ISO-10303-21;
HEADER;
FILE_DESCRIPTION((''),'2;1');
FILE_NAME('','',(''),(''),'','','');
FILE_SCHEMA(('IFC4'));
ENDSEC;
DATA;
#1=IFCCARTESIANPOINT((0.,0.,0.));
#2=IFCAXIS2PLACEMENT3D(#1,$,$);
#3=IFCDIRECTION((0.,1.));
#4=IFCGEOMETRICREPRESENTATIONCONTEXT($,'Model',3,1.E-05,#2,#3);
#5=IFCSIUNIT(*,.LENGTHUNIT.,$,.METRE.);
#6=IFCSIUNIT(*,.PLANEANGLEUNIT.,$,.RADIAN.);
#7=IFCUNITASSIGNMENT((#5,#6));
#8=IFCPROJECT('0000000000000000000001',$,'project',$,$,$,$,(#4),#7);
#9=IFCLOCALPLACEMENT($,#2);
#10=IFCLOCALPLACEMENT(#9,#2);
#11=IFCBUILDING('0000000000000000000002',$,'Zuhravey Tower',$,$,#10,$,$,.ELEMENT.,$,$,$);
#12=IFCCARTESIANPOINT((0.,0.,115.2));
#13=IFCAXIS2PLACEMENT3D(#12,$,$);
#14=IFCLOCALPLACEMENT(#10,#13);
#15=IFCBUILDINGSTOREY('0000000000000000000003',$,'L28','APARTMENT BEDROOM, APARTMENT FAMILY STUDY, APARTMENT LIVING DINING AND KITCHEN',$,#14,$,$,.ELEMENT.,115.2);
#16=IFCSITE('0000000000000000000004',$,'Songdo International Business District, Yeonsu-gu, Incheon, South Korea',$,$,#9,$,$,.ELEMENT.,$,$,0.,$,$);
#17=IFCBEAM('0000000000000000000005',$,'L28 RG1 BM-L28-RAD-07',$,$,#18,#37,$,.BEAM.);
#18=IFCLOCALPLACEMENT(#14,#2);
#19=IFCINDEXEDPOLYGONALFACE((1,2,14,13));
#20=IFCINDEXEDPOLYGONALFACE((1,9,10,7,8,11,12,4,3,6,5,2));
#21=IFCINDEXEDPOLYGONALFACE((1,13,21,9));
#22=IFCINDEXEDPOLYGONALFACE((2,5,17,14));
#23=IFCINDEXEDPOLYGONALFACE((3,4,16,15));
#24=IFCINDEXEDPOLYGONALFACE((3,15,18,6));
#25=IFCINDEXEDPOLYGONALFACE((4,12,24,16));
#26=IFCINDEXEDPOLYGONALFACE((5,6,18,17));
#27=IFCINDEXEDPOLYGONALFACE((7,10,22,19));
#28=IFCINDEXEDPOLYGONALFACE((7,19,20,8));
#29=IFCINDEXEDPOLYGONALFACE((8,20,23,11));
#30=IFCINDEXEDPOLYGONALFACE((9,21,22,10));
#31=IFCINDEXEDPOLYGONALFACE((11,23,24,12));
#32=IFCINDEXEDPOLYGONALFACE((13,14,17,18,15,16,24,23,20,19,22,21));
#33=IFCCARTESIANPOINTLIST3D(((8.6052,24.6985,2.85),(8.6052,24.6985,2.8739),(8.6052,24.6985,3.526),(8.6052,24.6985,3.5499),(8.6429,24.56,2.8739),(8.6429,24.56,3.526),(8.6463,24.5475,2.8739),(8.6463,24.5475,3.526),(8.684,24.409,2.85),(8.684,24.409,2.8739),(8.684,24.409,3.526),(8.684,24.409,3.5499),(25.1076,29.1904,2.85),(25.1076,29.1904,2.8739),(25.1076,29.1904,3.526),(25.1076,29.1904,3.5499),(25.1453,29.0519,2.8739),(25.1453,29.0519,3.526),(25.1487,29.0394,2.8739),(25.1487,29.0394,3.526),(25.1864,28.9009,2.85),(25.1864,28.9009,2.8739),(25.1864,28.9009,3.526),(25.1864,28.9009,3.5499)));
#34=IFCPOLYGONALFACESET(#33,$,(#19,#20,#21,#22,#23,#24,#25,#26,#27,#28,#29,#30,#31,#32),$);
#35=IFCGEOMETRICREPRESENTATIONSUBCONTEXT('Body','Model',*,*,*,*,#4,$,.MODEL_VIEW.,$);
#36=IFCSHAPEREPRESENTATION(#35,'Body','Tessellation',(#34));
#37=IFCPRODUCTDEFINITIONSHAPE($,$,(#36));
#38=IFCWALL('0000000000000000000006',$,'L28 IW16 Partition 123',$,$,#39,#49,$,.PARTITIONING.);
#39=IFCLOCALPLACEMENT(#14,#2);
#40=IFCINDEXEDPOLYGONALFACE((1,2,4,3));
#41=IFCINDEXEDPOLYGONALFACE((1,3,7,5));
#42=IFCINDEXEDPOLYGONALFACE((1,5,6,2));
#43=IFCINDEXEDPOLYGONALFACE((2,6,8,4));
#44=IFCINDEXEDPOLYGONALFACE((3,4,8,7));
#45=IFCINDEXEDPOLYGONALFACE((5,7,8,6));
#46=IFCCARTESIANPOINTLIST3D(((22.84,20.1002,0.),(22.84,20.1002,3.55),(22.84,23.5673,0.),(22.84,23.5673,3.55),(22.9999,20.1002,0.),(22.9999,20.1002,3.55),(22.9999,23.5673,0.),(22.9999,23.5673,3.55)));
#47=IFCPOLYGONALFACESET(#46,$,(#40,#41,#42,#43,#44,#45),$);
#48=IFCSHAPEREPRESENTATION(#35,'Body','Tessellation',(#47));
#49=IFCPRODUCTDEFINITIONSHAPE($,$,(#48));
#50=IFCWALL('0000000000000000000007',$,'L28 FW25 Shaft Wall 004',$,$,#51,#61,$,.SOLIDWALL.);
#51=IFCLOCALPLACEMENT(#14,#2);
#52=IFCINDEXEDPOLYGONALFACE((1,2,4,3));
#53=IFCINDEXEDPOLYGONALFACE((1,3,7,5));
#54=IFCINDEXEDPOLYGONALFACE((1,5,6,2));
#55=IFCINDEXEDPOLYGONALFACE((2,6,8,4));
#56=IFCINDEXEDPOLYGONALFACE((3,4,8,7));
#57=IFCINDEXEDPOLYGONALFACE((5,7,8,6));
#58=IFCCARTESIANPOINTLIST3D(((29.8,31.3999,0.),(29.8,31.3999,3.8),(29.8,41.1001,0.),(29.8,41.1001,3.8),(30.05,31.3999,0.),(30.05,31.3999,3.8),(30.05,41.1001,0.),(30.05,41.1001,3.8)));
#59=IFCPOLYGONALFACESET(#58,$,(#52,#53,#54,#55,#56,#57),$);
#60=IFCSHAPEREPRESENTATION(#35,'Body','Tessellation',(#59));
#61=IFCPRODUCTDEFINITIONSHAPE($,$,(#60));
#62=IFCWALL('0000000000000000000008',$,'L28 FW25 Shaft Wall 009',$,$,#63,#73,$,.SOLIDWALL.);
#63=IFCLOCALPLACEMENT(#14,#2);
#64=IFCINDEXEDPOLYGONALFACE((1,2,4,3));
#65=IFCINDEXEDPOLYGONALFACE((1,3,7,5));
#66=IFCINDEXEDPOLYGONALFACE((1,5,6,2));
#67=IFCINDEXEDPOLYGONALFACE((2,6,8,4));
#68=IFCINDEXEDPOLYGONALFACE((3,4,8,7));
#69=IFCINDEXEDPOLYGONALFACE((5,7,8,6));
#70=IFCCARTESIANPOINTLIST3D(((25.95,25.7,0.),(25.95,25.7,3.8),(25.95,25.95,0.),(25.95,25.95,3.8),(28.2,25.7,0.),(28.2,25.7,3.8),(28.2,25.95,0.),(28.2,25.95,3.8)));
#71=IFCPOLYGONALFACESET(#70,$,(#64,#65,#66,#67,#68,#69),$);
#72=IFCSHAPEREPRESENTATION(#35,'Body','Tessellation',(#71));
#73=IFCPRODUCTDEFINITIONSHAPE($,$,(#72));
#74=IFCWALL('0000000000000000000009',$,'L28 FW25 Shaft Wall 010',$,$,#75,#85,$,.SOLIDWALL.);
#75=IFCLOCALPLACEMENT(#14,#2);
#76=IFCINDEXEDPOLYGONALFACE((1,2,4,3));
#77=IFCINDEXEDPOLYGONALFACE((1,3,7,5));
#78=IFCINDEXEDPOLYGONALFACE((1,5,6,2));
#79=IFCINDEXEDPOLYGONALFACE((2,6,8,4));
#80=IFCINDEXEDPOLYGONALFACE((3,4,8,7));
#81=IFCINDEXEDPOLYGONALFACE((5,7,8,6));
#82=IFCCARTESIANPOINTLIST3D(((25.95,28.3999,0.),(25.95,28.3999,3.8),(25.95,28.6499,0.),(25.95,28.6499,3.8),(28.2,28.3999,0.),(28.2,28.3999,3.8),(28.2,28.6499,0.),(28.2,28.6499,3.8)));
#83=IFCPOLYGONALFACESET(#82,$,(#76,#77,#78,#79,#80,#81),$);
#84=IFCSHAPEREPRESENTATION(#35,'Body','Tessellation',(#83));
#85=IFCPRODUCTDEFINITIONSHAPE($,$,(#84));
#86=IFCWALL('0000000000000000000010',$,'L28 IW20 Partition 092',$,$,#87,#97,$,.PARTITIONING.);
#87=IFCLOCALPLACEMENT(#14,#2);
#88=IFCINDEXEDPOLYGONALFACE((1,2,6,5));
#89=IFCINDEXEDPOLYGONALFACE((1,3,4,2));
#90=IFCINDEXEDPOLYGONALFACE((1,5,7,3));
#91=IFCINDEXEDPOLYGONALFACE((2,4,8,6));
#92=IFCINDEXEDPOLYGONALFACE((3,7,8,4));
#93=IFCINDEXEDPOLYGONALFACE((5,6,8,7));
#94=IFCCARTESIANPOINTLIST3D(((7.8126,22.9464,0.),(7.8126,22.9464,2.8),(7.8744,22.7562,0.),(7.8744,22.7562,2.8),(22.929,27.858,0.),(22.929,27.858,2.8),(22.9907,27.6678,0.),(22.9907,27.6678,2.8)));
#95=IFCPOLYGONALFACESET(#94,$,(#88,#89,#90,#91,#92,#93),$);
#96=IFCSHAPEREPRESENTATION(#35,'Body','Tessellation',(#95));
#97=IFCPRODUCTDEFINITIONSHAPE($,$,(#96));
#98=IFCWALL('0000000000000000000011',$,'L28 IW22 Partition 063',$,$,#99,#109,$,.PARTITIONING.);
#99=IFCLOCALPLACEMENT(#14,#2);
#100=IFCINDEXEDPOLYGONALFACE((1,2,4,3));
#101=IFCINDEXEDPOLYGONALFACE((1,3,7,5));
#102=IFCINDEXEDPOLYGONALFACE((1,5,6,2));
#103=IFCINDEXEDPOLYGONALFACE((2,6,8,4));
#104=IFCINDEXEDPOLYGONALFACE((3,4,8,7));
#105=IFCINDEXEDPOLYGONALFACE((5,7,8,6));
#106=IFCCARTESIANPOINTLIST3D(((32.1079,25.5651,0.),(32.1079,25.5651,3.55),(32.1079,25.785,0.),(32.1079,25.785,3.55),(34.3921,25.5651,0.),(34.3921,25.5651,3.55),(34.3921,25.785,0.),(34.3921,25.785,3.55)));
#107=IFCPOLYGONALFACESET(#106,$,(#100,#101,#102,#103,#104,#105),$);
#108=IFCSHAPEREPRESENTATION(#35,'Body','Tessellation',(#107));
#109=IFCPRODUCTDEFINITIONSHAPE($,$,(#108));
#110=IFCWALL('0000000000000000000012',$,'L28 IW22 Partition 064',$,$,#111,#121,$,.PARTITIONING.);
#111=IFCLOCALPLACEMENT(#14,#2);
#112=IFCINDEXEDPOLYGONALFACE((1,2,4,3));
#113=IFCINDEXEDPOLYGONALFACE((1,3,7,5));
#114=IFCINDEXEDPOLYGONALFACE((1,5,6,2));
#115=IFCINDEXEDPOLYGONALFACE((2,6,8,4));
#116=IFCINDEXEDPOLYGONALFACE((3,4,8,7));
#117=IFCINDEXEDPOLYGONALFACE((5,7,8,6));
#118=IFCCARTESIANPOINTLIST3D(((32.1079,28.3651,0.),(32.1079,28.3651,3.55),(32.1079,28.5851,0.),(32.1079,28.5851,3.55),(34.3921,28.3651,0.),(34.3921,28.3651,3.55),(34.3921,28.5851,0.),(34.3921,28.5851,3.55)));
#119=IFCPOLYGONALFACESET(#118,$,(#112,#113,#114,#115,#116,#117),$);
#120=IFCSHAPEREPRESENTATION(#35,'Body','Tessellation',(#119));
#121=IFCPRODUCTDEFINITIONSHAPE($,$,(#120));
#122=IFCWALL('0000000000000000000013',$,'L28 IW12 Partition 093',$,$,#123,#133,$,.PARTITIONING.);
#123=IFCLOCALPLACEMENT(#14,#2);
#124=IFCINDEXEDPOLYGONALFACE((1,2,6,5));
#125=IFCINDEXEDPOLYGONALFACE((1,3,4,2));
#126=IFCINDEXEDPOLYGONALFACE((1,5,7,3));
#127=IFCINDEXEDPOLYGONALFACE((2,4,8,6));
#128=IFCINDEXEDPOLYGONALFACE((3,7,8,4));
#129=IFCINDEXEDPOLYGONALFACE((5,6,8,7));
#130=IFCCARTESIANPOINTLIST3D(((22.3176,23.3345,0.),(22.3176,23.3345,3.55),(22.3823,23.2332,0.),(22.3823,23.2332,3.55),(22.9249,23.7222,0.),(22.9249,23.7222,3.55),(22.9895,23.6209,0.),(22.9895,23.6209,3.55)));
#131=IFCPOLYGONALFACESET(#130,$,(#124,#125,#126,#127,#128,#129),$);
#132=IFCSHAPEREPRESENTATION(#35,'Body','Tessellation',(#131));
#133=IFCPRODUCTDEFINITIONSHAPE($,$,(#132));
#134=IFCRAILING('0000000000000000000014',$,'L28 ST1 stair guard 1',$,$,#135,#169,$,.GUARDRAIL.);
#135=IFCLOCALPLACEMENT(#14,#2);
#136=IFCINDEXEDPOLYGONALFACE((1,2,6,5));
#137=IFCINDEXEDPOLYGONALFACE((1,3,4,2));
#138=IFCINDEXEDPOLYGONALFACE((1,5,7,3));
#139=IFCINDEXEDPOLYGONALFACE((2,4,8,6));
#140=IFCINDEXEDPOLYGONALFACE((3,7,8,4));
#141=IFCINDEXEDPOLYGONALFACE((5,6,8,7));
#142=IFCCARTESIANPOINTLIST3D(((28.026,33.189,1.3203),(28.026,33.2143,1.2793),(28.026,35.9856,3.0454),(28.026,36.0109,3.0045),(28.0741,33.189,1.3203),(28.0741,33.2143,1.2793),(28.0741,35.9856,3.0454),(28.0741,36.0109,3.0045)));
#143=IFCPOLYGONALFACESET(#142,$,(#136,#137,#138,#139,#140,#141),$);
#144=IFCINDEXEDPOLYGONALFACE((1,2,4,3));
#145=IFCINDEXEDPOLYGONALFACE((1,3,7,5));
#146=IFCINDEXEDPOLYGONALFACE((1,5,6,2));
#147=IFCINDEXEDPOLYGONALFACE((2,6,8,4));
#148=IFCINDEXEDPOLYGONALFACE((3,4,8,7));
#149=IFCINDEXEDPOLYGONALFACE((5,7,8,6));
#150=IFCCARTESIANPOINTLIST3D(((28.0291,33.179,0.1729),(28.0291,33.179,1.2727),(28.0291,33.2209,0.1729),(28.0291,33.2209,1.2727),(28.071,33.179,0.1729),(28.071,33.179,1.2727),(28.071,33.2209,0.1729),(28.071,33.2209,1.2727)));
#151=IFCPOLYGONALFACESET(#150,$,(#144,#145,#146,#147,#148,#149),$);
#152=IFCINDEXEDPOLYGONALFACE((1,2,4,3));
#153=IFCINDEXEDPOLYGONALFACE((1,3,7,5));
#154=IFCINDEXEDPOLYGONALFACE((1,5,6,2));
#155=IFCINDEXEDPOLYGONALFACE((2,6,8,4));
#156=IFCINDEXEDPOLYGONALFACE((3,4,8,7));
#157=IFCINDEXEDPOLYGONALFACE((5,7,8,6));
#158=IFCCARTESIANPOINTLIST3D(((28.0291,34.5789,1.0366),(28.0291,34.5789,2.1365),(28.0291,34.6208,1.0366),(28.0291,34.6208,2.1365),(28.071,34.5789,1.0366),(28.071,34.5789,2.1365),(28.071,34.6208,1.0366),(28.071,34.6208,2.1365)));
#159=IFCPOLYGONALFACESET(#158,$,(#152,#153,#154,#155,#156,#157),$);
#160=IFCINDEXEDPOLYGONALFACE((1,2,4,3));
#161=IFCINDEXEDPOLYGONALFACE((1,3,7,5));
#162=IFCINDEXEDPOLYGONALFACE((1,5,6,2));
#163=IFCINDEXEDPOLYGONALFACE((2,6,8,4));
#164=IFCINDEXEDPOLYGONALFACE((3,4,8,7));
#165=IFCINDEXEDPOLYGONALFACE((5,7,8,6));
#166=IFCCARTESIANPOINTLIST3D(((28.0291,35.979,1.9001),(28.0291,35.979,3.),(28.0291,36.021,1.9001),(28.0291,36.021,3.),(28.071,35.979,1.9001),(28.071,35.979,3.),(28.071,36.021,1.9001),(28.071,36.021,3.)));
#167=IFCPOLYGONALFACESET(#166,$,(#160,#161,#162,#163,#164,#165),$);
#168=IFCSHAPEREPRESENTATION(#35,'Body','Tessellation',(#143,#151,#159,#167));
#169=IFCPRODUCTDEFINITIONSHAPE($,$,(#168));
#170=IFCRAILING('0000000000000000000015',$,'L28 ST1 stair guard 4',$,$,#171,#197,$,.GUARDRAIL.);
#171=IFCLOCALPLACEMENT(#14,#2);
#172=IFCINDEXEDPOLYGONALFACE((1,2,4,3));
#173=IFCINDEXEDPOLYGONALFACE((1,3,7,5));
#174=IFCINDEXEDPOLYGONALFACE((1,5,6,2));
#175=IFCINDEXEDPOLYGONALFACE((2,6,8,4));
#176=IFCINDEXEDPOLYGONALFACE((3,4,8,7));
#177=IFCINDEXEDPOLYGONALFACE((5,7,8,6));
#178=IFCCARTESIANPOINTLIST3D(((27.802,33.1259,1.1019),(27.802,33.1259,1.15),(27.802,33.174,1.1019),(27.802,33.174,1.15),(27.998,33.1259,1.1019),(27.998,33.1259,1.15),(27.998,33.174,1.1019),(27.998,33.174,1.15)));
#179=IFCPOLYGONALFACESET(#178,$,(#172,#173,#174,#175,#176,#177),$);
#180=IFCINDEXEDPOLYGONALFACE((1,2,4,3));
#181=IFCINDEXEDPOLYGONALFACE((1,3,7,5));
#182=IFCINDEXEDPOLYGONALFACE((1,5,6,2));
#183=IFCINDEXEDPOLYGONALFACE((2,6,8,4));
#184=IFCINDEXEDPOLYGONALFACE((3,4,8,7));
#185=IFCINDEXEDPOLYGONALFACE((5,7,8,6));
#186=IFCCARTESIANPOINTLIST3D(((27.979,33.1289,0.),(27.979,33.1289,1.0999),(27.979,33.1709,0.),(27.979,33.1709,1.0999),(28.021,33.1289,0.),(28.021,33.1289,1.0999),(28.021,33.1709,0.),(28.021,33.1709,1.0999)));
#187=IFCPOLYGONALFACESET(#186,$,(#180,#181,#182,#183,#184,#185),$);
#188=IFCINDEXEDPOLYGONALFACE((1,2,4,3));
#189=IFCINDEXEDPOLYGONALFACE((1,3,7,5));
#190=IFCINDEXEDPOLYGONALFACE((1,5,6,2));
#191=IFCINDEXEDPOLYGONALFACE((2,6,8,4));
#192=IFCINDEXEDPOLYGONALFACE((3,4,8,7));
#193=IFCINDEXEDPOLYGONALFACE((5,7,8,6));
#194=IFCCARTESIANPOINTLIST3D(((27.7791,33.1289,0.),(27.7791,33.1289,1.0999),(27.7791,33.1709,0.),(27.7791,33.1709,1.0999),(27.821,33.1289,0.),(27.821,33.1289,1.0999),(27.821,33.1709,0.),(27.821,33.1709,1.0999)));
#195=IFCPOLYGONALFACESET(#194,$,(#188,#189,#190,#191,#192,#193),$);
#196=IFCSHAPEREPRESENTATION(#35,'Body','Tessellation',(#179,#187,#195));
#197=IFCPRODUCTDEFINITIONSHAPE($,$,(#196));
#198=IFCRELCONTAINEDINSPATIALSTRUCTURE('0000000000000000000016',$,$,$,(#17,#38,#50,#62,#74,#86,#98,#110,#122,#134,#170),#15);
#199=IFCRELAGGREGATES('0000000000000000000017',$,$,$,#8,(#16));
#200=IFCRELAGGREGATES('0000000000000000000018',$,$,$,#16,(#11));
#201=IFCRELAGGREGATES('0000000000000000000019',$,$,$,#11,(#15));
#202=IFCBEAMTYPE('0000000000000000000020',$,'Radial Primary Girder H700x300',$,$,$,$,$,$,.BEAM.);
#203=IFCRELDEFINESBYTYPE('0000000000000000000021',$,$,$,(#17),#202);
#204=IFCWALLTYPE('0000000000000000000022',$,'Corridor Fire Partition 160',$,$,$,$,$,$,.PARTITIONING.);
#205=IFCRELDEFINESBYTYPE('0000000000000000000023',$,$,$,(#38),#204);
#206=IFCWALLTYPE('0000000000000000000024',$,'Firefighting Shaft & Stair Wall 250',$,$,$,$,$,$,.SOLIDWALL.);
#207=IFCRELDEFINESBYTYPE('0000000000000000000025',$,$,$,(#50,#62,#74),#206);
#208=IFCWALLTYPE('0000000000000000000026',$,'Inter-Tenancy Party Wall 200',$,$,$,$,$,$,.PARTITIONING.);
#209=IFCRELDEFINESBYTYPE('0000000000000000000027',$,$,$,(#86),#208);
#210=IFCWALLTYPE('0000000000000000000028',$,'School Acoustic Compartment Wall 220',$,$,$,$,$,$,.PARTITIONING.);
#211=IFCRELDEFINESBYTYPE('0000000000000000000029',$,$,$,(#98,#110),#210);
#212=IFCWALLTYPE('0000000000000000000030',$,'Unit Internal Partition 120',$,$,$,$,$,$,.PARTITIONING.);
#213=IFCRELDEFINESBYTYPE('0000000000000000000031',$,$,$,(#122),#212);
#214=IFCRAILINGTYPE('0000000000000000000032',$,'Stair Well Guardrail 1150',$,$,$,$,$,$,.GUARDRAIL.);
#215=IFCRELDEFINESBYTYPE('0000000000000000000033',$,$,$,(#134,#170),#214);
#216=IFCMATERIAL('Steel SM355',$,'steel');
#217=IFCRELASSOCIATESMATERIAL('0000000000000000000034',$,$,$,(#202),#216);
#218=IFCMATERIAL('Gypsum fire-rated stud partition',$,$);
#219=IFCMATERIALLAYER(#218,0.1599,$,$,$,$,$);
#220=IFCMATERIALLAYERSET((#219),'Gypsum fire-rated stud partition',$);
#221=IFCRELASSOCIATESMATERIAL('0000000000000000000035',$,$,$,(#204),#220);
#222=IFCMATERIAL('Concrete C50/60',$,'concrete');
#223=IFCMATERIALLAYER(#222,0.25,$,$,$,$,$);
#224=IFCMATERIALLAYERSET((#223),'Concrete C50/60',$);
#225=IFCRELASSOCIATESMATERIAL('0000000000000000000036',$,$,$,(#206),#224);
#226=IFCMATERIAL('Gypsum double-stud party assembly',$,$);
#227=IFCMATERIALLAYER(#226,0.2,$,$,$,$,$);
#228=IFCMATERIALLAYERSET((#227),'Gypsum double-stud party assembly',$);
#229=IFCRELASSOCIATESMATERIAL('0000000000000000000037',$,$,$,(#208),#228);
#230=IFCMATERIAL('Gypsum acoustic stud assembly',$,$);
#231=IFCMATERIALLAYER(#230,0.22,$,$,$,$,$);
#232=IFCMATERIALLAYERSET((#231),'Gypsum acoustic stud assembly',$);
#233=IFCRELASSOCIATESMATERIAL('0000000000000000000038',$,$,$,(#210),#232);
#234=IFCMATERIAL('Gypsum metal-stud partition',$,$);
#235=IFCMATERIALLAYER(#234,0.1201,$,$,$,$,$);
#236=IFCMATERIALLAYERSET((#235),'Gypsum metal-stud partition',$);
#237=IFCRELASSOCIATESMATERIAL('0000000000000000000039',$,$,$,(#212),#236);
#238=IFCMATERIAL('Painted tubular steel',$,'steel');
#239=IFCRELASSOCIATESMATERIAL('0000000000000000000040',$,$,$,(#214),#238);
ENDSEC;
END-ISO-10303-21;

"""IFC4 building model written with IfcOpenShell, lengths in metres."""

from ifc_helpers import new_model, si_unit, direction, frame, frame_2d, origin, origin_2d, place, context, subcontext, project, spatial, rectangle, i_section, extrude, material, layer, layer_set, material_profile, profile_set, type_object, element, save


model = new_model("IFC4")

# Units and contexts
model_context = context("Model", 3, precision=1e-05, world=origin(), true_north=direction((0.0, 1.0)))
body_context = subcontext(model_context, "Body", "Model", "MODEL_VIEW")
ifc_project = project(units=[si_unit("LENGTHUNIT", "METRE"), si_unit("PLANEANGLEUNIT", "RADIAN")], contexts=[model_context])

# Site, building, storey
site_placement = place(None, origin())
site = spatial("IfcSite", under=ifc_project, at=site_placement, Name="Songdo International Business District, Yeonsu-gu, Incheon, South Korea", CompositionType="ELEMENT", RefElevation=0.0)
building_placement = place(site_placement, origin())
building = spatial("IfcBuilding", under=site, at=building_placement, Name="Zuhravey Tower", CompositionType="ELEMENT")
storey_placement = place(building_placement, frame((0.0, 0.0, 115.2)))
storey = spatial("IfcBuildingStorey", under=building, at=storey_placement, Name="L28", Description="APARTMENT BEDROOM, APARTMENT FAMILY STUDY, APARTMENT LIVING DINING AND KITCHEN", CompositionType="ELEMENT", Elevation=115.2)

# Beam
ifc_material_1 = material(Name="Steel SM355", Category="steel")
ifc_material_profile = material_profile(ifc_material_1, i_section(OverallWidth=0.3, OverallDepth=0.7, WebThickness=0.0129, FlangeThickness=0.0239, at=origin_2d()), Name="H-700x300x13x24")
ifc_profile_set = profile_set([ifc_material_profile], Name="Steel SM355")
beam_type = type_object("IfcBeamType", Name="Radial Primary Girder H700x300", PredefinedType="BEAM", material=ifc_profile_set)
beam_placement = place(storey_placement, frame((25.147, 29.0457, 3.2), z_axis=(-0.964893, -0.262643, 0.0), x_axis=(0.262643, -0.964893, 0.0)))
element("IfcBeam", 1, at=beam_placement, inside=storey, type_object=beam_type, Name="L28 RG1 BM-L28-RAD-07", PredefinedType="BEAM", context=body_context, shape_type="SweptSolid", body=[
    extrude(i_section(OverallWidth=0.3, OverallDepth=0.7, WebThickness=0.0129, FlangeThickness=0.0239, at=origin_2d()), origin(), (0.0, 0.0, 1.0), 17.1028),
])

# Shared definitions
ifc_material_2 = material(Name="Gypsum fire-rated stud partition")
ifc_layer_1 = layer(ifc_material_2, 0.1599)
ifc_layer_set_1 = layer_set([ifc_layer_1], Name="Gypsum fire-rated stud partition")
wall_type_1 = type_object("IfcWallType", Name="Corridor Fire Partition 160", PredefinedType="PARTITIONING", material=ifc_layer_set_1)

# Wall
wall_1_placement = place(storey_placement, frame((22.9199, 23.5671, 0.0), z_axis=(0.0, 0.0, 1.0), x_axis=(0.0, -1.0, 0.0)))
element("IfcWall", 2, at=wall_1_placement, inside=storey, type_object=wall_type_1, Name="L28 IW16 Partition 123", PredefinedType="PARTITIONING", context=body_context, shape_type="SweptSolid", body=[
    extrude(rectangle(XDim=3.467, YDim=0.1599, at=frame_2d((1.7334, 0.0))), origin(), (0.0, 0.0, 1.0), 3.55),
])

# Shared definitions
ifc_material_3 = material(Name="Concrete C50/60", Category="concrete")
ifc_layer_2 = layer(ifc_material_3, 0.25)
ifc_layer_set_2 = layer_set([ifc_layer_2], Name="Concrete C50/60")
wall_type_2 = type_object("IfcWallType", Name="Firefighting Shaft & Stair Wall 250", PredefinedType="SOLIDWALL", material=ifc_layer_set_2)

# Walls
wall_2_placement = place(storey_placement, frame((29.925, 31.3999, 0.0), z_axis=(0.0, 0.0, 1.0), x_axis=(0.0, 1.0, 0.0)))
element("IfcWall", 3, at=wall_2_placement, inside=storey, type_object=wall_type_2, Name="L28 FW25 Shaft Wall 004", PredefinedType="SOLIDWALL", context=body_context, shape_type="SweptSolid", body=[
    extrude(rectangle(XDim=9.7002, YDim=0.25, at=frame_2d((4.8501, 0.0))), origin(), (0.0, 0.0, 1.0), 3.8),
])
for number, where, z_axis, x_axis, name in (
    (4, (25.95, 25.825, 0.0), (0.0, 0.0, 1.0), (1.0, 0.0, 0.0), "L28 FW25 Shaft Wall 009"),
    (5, (25.95, 28.5249, 0.0), (0.0, 0.0, 1.0), (1.0, 0.0, 0.0), "L28 FW25 Shaft Wall 010"),
):
    element("IfcWall", number, at=place(storey_placement, frame(where, z_axis=z_axis, x_axis=x_axis)), inside=storey, type_object=wall_type_2, Name=name, PredefinedType="SOLIDWALL", context=body_context, shape_type="SweptSolid", body=[
        extrude(rectangle(XDim=2.25, YDim=0.25, at=frame_2d((1.125, 0.0))), origin(), (0.0, 0.0, 1.0), 3.8),
    ])
ifc_material_4 = material(Name="Gypsum double-stud party assembly")
ifc_layer_3 = layer(ifc_material_4, 0.2)
ifc_layer_set_3 = layer_set([ifc_layer_3], Name="Gypsum double-stud party assembly")
wall_type_3 = type_object("IfcWallType", Name="Inter-Tenancy Party Wall 200", PredefinedType="PARTITIONING", material=ifc_layer_set_3)
wall_3_placement = place(storey_placement, frame((22.96, 27.7629, 0.0), z_axis=(0.0, 0.0, 1.0), x_axis=(-0.951057, -0.309016, 0.0)))
element("IfcWall", 6, at=wall_3_placement, inside=storey, type_object=wall_type_3, Name="L28 IW20 Partition 092", PredefinedType="PARTITIONING", context=body_context, shape_type="SweptSolid", body=[
    extrude(rectangle(XDim=15.8943, YDim=0.2, at=frame_2d((7.9473, 0.0))), origin(), (0.0, 0.0, 1.0), 2.8),
])
ifc_material_5 = material(Name="Gypsum acoustic stud assembly")
ifc_layer_4 = layer(ifc_material_5, 0.22)
ifc_layer_set_4 = layer_set([ifc_layer_4], Name="Gypsum acoustic stud assembly")
wall_type_4 = type_object("IfcWallType", Name="School Acoustic Compartment Wall 220", PredefinedType="PARTITIONING", material=ifc_layer_set_4)
for number, where, z_axis, x_axis, name in (
    (7, (32.1079, 25.675, 0.0), (0.0, 0.0, 1.0), (1.0, 0.0, 0.0), "L28 IW22 Partition 063"),
    (8, (32.1079, 28.4751, 0.0), (0.0, 0.0, 1.0), (1.0, 0.0, 0.0), "L28 IW22 Partition 064"),
):
    element("IfcWall", number, at=place(storey_placement, frame(where, z_axis=z_axis, x_axis=x_axis)), inside=storey, type_object=wall_type_4, Name=name, PredefinedType="PARTITIONING", context=body_context, shape_type="SweptSolid", body=[
        extrude(rectangle(XDim=2.2842, YDim=0.22, at=frame_2d((1.1421, 0.0))), origin(), (0.0, 0.0, 1.0), 3.55),
    ])
ifc_material_6 = material(Name="Gypsum metal-stud partition")
ifc_layer_5 = layer(ifc_material_6, 0.1201)
ifc_layer_set_5 = layer_set([ifc_layer_5], Name="Gypsum metal-stud partition")
wall_type_5 = type_object("IfcWallType", Name="Unit Internal Partition 120", PredefinedType="PARTITIONING", material=ifc_layer_set_5)
wall_4_placement = place(storey_placement, frame((22.9573, 23.6716, 0.0), z_axis=(0.0, 0.0, 1.0), x_axis=(-0.842837, -0.538169, 0.0)))
element("IfcWall", 9, at=wall_4_placement, inside=storey, type_object=wall_type_5, Name="L28 IW12 Partition 093", PredefinedType="PARTITIONING", context=body_context, shape_type="SweptSolid", body=[
    extrude(rectangle(XDim=0.7205, YDim=0.1201, at=frame_2d((0.3604, 0.0))), origin(), (0.0, 0.0, 1.0), 3.55),
])

# Railings
ifc_material_7 = material(Name="Painted tubular steel", Category="steel")
railing_type = type_object("IfcRailingType", Name="Stair Well Guardrail 1150", PredefinedType="GUARDRAIL", material=ifc_material_7)
railing_1_placement = place(storey_placement, frame((28.05, 33.2, 0.1729)))
element("IfcRailing", 10, at=railing_1_placement, inside=storey, type_object=railing_type, Name="L28 ST1 stair guard 1", PredefinedType="GUARDRAIL", context=body_context, shape_type="SweptSolid", body=[
    extrude(rectangle(XDim=0.0481, YDim=0.0481, at=origin_2d()), frame((0.0, 0.0017, 1.127), z_axis=(0.0, 0.85109, 0.52502), x_axis=(-1.0, 0.0, 0.0)), (0.0, 0.0, 1.0), 3.2859),
    extrude(rectangle(XDim=0.042, YDim=0.042, at=origin_2d()), origin(), (0.0, 0.0, 1.0), 1.0999),
    extrude(rectangle(XDim=0.042, YDim=0.042, at=origin_2d()), frame((0.0, 1.3999, 0.8638)), (0.0, 0.0, 1.0), 1.0999),
    extrude(rectangle(XDim=0.042, YDim=0.042, at=origin_2d()), frame((0.0, 2.8, 1.7273)), (0.0, 0.0, 1.0), 1.0999),
])
railing_2_placement = place(storey_placement, frame((28.0, 33.1499, 0.0)))
element("IfcRailing", 11, at=railing_2_placement, inside=storey, type_object=railing_type, Name="L28 ST1 stair guard 4", PredefinedType="GUARDRAIL", context=body_context, shape_type="SweptSolid", body=[
    extrude(rectangle(XDim=0.0481, YDim=0.0481, at=origin_2d()), frame((-0.002, 0.0, 1.126), z_axis=(-1.0, 0.0, 0.0), x_axis=(0.0, -1.0, 0.0)), (0.0, 0.0, 1.0), 0.196),
    extrude(rectangle(XDim=0.042, YDim=0.042, at=origin_2d()), origin(), (0.0, 0.0, 1.0), 1.0999),
    extrude(rectangle(XDim=0.042, YDim=0.042, at=origin_2d()), frame((-0.2, 0.0, 0.0)), (0.0, 0.0, 1.0), 1.0999),
])

save(model, "model.ifc")
